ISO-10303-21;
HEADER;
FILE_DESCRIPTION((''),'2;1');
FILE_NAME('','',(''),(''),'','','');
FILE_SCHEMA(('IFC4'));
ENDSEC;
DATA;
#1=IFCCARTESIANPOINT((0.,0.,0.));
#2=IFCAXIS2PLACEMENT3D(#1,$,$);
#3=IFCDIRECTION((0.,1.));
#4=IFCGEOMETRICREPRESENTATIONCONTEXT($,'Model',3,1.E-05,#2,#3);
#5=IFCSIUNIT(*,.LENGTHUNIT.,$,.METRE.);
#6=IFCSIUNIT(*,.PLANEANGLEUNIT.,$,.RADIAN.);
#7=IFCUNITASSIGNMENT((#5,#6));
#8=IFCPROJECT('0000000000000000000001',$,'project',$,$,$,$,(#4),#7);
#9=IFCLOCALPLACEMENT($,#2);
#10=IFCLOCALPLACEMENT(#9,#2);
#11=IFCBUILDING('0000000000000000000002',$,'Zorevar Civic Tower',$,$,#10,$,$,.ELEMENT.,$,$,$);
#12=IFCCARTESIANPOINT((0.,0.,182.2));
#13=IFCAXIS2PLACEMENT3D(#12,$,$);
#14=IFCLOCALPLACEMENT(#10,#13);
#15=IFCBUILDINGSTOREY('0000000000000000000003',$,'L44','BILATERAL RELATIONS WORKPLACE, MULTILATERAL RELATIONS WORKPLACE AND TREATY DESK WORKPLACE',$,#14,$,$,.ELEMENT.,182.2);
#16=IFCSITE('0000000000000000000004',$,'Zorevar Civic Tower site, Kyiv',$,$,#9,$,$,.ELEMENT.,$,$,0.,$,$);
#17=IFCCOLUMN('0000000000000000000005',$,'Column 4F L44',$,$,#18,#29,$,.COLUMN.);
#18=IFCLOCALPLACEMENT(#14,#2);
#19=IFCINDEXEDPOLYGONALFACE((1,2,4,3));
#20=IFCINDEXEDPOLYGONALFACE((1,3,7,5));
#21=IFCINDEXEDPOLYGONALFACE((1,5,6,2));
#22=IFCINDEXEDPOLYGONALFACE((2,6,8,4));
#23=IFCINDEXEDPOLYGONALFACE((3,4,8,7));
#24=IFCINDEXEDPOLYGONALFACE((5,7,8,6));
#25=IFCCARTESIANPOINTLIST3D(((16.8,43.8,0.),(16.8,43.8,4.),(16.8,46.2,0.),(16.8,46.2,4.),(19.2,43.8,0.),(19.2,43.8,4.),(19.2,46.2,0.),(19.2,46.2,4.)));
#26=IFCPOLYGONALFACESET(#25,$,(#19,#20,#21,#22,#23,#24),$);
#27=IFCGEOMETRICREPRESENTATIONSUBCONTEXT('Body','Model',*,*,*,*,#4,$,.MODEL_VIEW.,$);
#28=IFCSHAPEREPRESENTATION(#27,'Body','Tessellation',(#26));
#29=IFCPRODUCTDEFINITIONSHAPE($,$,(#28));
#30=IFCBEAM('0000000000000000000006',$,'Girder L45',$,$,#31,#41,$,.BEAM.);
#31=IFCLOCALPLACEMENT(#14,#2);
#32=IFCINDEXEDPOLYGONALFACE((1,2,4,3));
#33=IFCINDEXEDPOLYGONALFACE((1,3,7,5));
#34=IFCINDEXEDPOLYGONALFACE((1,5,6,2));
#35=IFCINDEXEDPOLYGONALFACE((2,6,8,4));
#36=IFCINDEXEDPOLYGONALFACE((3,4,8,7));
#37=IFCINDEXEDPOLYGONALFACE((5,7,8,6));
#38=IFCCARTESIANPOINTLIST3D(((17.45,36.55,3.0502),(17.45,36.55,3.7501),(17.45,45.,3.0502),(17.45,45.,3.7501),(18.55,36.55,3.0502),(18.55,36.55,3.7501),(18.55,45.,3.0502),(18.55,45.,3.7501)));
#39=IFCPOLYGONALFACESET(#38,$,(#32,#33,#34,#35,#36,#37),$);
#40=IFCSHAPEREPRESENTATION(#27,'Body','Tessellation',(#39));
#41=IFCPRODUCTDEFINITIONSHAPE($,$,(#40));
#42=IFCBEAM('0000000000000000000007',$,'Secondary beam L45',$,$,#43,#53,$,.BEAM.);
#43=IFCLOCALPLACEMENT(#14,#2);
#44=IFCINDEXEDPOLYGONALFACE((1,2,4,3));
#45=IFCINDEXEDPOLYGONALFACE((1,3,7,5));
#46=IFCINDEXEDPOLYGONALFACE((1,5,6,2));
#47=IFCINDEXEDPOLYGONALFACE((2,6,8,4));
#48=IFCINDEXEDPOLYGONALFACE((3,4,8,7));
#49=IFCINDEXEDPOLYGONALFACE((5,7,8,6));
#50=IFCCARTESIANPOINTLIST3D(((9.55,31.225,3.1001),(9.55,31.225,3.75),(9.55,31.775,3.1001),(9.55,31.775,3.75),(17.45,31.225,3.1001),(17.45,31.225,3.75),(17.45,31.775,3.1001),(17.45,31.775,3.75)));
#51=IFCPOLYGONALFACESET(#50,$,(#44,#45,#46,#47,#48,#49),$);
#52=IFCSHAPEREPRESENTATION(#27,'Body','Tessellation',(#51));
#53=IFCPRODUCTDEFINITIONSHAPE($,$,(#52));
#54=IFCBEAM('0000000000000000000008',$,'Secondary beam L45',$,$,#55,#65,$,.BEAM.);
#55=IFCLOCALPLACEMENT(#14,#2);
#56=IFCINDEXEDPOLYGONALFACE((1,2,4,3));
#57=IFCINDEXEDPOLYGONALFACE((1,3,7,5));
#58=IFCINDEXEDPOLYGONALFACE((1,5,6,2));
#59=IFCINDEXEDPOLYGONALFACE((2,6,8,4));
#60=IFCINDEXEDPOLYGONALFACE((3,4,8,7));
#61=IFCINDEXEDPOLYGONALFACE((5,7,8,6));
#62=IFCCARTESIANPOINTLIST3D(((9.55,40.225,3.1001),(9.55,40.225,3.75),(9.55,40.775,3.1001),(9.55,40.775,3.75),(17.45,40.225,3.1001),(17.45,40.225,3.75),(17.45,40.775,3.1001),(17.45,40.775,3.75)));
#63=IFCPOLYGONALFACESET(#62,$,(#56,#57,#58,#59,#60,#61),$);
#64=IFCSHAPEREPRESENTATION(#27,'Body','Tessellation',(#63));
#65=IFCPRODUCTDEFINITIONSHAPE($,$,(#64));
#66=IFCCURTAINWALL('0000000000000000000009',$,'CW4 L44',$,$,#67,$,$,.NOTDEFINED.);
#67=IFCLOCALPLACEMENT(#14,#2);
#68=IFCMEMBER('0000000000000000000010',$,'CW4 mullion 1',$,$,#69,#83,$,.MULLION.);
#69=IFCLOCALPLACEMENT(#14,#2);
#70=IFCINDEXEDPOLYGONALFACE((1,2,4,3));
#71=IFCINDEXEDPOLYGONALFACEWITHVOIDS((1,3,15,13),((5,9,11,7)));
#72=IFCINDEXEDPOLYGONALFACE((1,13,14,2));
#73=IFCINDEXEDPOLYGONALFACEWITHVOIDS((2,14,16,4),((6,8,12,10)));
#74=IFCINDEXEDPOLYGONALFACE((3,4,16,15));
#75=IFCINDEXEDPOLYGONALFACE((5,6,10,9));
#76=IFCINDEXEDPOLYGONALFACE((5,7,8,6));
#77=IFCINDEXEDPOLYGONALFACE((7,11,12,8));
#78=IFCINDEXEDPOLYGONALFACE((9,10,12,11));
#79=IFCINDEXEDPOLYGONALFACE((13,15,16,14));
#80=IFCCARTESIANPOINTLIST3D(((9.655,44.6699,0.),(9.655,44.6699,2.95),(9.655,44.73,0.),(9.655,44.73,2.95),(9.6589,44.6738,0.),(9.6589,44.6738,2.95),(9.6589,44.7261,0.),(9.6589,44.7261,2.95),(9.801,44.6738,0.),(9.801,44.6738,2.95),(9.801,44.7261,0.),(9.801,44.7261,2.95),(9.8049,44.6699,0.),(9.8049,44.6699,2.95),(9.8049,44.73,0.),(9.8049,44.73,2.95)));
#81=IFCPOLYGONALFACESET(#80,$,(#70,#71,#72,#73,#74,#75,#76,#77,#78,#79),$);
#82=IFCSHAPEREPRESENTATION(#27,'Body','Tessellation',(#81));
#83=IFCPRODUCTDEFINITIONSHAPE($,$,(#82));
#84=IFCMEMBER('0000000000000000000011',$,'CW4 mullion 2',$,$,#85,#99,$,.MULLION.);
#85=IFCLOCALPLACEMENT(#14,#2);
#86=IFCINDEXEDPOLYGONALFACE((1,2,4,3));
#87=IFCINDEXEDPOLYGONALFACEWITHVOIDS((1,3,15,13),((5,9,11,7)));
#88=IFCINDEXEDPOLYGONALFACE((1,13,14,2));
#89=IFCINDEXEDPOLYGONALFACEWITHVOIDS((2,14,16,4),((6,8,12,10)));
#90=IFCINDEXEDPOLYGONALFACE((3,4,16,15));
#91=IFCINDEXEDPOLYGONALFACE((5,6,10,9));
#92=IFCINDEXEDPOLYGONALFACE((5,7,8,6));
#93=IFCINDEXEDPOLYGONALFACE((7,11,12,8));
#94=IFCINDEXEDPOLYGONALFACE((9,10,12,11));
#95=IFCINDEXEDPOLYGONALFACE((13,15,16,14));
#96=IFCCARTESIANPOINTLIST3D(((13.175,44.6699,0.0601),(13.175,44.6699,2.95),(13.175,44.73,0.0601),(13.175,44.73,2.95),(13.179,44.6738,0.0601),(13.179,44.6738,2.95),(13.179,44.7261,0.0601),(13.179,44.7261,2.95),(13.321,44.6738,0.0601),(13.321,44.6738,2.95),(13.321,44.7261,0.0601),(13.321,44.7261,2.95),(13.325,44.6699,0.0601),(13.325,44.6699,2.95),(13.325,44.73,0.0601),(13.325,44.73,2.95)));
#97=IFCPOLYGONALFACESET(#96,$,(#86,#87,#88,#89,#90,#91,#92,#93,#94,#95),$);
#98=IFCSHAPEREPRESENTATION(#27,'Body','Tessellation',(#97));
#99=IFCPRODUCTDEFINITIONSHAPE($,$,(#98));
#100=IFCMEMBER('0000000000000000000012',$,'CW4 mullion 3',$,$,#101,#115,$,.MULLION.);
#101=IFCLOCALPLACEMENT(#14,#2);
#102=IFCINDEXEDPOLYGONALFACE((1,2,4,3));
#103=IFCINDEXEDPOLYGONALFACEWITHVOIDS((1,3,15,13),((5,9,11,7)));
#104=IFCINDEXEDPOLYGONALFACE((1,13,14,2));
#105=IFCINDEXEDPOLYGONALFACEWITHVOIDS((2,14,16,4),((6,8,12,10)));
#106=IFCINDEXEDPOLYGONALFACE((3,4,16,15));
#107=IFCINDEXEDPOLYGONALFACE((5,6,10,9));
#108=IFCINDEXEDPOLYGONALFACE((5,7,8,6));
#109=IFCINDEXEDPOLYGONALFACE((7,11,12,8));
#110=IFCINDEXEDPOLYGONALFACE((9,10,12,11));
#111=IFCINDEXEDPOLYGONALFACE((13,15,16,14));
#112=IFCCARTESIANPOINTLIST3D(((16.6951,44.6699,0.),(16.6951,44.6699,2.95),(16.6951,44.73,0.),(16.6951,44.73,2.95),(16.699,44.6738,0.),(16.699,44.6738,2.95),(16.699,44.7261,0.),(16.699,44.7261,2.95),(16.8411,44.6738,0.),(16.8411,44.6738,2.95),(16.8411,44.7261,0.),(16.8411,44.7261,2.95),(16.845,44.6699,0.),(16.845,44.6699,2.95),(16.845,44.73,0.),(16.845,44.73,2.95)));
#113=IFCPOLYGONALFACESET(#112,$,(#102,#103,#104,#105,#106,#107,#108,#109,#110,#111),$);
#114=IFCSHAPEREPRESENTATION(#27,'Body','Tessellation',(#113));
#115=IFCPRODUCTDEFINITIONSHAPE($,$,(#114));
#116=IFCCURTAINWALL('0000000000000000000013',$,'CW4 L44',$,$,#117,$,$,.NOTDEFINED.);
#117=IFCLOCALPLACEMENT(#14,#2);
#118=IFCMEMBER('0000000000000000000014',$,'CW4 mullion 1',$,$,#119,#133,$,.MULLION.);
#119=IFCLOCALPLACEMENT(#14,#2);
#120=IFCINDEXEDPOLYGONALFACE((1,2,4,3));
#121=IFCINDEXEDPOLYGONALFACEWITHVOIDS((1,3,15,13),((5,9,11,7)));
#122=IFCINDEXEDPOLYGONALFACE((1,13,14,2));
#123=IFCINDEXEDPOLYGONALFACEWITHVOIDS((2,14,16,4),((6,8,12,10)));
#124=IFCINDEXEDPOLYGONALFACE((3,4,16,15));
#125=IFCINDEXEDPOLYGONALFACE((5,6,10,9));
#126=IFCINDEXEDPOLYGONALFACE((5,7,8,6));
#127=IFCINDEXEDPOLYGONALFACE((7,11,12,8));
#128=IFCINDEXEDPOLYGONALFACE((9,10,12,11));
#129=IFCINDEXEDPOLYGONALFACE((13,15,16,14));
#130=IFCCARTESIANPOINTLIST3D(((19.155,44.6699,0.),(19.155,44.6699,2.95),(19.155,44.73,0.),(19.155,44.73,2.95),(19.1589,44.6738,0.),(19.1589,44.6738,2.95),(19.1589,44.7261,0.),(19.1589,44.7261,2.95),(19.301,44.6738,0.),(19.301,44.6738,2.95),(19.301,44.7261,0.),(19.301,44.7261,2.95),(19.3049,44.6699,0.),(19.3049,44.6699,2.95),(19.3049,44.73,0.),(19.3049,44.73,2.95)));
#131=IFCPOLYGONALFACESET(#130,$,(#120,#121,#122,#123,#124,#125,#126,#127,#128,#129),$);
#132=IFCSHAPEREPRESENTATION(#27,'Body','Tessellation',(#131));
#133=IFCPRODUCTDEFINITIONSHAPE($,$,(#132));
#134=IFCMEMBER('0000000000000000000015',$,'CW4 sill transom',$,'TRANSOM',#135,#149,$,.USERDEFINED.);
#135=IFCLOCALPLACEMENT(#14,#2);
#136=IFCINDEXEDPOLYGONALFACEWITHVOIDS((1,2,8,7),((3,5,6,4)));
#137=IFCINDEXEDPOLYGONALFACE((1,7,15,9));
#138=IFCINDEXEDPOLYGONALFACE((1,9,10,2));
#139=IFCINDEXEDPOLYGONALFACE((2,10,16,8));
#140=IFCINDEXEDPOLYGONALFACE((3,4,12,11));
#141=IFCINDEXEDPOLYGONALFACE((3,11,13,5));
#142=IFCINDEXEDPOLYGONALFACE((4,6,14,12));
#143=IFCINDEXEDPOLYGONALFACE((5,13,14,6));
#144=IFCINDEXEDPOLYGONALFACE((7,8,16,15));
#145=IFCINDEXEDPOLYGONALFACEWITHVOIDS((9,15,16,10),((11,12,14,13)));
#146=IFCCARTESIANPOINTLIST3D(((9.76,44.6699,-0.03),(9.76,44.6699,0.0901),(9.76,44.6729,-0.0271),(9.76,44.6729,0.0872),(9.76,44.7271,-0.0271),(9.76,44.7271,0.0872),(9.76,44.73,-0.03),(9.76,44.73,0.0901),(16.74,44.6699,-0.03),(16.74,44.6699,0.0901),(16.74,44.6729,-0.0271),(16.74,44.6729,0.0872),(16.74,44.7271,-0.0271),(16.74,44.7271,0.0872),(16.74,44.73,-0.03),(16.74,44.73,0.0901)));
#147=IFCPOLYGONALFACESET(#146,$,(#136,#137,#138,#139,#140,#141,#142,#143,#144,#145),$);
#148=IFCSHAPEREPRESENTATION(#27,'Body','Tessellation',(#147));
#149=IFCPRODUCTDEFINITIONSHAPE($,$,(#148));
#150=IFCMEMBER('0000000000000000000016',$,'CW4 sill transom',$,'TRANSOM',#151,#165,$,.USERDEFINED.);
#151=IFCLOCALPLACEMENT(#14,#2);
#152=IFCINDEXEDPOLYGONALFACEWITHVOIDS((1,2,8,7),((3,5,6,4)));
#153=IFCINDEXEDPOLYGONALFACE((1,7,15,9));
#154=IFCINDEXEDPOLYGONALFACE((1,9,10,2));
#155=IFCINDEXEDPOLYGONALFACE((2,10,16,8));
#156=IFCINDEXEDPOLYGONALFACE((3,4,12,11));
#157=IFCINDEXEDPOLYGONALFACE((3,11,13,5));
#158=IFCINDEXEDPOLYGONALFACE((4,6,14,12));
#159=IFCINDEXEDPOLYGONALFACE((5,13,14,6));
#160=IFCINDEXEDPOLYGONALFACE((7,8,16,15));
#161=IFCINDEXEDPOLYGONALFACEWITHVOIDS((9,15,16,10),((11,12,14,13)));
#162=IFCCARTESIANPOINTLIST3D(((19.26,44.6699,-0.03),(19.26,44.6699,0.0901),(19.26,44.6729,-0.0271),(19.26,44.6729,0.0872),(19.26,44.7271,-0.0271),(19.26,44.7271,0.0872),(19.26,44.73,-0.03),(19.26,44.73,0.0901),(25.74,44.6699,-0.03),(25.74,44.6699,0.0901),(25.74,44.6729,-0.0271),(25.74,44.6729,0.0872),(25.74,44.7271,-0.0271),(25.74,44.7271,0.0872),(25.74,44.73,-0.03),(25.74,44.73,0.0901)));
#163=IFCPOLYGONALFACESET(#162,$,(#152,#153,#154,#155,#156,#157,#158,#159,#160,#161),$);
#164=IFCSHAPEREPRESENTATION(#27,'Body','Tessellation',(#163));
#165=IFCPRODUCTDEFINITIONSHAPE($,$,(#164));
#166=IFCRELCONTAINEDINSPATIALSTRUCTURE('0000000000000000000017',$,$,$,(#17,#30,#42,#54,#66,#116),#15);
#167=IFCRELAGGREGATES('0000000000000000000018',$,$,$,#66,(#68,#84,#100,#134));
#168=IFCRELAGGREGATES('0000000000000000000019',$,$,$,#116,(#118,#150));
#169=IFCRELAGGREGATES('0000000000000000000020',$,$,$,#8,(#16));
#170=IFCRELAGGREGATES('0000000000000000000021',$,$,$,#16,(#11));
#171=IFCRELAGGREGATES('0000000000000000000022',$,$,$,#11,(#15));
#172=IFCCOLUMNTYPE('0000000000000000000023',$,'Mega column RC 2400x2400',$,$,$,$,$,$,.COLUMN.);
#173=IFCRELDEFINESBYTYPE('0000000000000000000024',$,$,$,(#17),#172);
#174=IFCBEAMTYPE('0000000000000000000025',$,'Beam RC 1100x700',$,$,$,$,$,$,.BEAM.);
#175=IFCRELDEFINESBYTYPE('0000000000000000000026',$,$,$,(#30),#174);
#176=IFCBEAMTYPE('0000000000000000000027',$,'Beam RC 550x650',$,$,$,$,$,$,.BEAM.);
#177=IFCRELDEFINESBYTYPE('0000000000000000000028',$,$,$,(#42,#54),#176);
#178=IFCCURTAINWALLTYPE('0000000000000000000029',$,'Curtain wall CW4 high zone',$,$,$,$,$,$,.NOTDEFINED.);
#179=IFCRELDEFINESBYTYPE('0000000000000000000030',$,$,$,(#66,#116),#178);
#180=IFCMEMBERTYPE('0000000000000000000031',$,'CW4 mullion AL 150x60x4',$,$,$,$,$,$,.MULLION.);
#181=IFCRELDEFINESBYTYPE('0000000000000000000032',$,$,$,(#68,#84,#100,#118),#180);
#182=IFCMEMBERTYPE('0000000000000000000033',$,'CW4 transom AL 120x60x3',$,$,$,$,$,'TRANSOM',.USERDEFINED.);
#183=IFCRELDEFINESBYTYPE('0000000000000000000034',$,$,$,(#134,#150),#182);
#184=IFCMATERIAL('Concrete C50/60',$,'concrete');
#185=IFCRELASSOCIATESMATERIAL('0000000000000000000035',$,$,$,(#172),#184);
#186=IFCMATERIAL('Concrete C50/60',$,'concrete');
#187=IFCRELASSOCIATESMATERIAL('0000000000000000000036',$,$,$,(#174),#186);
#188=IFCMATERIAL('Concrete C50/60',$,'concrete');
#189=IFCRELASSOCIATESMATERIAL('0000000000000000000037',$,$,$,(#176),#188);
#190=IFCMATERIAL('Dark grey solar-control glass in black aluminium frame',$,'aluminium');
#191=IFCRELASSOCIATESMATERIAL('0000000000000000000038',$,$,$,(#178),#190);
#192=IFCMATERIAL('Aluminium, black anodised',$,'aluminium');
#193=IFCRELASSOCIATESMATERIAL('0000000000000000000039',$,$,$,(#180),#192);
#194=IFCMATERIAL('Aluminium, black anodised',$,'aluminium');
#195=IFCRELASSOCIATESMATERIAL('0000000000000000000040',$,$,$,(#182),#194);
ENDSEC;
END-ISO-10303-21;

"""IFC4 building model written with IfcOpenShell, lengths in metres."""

from ifc_helpers import new_model, si_unit, direction, frame, origin, origin_2d, place, context, subcontext, project, spatial, rectangle, hollow_rectangle, extrude, material, material_profile, profile_set, type_object, element, aggregate, save


model = new_model("IFC4")

# Units and contexts
model_context = context("Model", 3, precision=1e-05, world=origin(), true_north=direction((0.0, 1.0)))
body_context = subcontext(model_context, "Body", "Model", "MODEL_VIEW")
ifc_project = project(units=[si_unit("LENGTHUNIT", "METRE"), si_unit("PLANEANGLEUNIT", "RADIAN")], contexts=[model_context])

# Site, building, storey
site_placement = place(None, origin())
site = spatial("IfcSite", under=ifc_project, at=site_placement, Name="Zorevar Civic Tower site, Kyiv", CompositionType="ELEMENT", RefElevation=0.0)
building_placement = place(site_placement, origin())
building = spatial("IfcBuilding", under=site, at=building_placement, Name="Zorevar Civic Tower", CompositionType="ELEMENT")
storey_placement = place(building_placement, frame((0.0, 0.0, 182.2)))
storey = spatial("IfcBuildingStorey", under=building, at=storey_placement, Name="L44", Description="BILATERAL RELATIONS WORKPLACE, MULTILATERAL RELATIONS WORKPLACE AND TREATY DESK WORKPLACE", CompositionType="ELEMENT", Elevation=182.2)

# Column
ifc_material_1 = material(Name="Concrete C50/60", Category="concrete")
ifc_material_profile_1 = material_profile(ifc_material_1, rectangle(XDim=2.3999, YDim=2.3999, at=origin_2d()), Name="RC 2400x2400")
ifc_profile_set_1 = profile_set([ifc_material_profile_1], Name="Concrete C50/60")
column_type = type_object("IfcColumnType", Name="Mega column RC 2400x2400", PredefinedType="COLUMN", material=ifc_profile_set_1)
column_placement = place(storey_placement, frame((18.0, 45.0, 0.0), z_axis=(0.0, 0.0, 1.0), x_axis=(1.0, 0.0, 0.0)))
element("IfcColumn", 1, at=column_placement, inside=storey, type_object=column_type, Name="Column 4F L44", PredefinedType="COLUMN", context=body_context, shape_type="SweptSolid", body=[
    extrude(rectangle(XDim=2.3999, YDim=2.3999, at=origin_2d()), origin(), (0.0, 0.0, 1.0), 4.0),
])

# Beams
ifc_material_2 = material(Name="Concrete C50/60", Category="concrete")
ifc_material_profile_2 = material_profile(ifc_material_2, rectangle(XDim=1.1001, YDim=0.7, at=origin_2d()), Name="RC 1100x700")
ifc_profile_set_2 = profile_set([ifc_material_profile_2], Name="Concrete C50/60")
beam_type_1 = type_object("IfcBeamType", Name="Beam RC 1100x700", PredefinedType="BEAM", material=ifc_profile_set_2)
beam_1_placement = place(storey_placement, frame((18.0, 36.55, 3.4001), z_axis=(0.0, 1.0, 0.0), x_axis=(-1.0, 0.0, 0.0)))
element("IfcBeam", 2, at=beam_1_placement, inside=storey, type_object=beam_type_1, Name="Girder L45", PredefinedType="BEAM", context=body_context, shape_type="SweptSolid", body=[
    extrude(rectangle(XDim=1.1001, YDim=0.7, at=origin_2d()), origin(), (0.0, 0.0, 1.0), 8.45),
])
ifc_material_3 = material(Name="Concrete C50/60", Category="concrete")
ifc_material_profile_3 = material_profile(ifc_material_3, rectangle(XDim=0.55, YDim=0.6499, at=origin_2d()), Name="RC 550x650")
ifc_profile_set_3 = profile_set([ifc_material_profile_3], Name="Concrete C50/60")
beam_type_2 = type_object("IfcBeamType", Name="Beam RC 550x650", PredefinedType="BEAM", material=ifc_profile_set_3)
for number, where, z_axis, x_axis, name in (
    (3, (9.55, 31.5, 3.425), (1.0, 0.0, 0.0), (0.0, 1.0, 0.0), "Secondary beam L45"),
    (4, (9.55, 40.5, 3.425), (1.0, 0.0, 0.0), (0.0, 1.0, 0.0), "Secondary beam L45"),
):
    element("IfcBeam", number, at=place(storey_placement, frame(where, z_axis=z_axis, x_axis=x_axis)), inside=storey, type_object=beam_type_2, Name=name, PredefinedType="BEAM", context=body_context, shape_type="SweptSolid", body=[
        extrude(rectangle(XDim=0.55, YDim=0.6499, at=origin_2d()), origin(), (0.0, 0.0, 1.0), 7.8999),
    ])

# Curtain wall, members
ifc_material_4 = material(Name="Dark grey solar-control glass in black aluminium frame", Category="aluminium")
curtain_wall_type = type_object("IfcCurtainWallType", Name="Curtain wall CW4 high zone", PredefinedType="NOTDEFINED", material=ifc_material_4)
curtain_wall_1_placement = place(storey_placement, origin())
curtain_wall_1 = element("IfcCurtainWall", 5, at=curtain_wall_1_placement, inside=storey, type_object=curtain_wall_type, Name="CW4 L44", PredefinedType="NOTDEFINED")
ifc_material_5 = material(Name="Aluminium, black anodised", Category="aluminium")
ifc_material_profile_4 = material_profile(ifc_material_5, hollow_rectangle(XDim=0.0601, YDim=0.1499, WallThickness=0.0039, at=origin_2d()), Name="AL 150x60x4")
ifc_profile_set_4 = profile_set([ifc_material_profile_4], Name="Aluminium, black anodised")
member_type_1 = type_object("IfcMemberType", Name="CW4 mullion AL 150x60x4", PredefinedType="MULLION", material=ifc_profile_set_4)
member_1_placement = place(storey_placement, frame((9.73, 44.7, 0.0), z_axis=(0.0, 0.0, 1.0), x_axis=(0.0, 1.0, 0.0)))
member_1 = element("IfcMember", 6, at=member_1_placement, type_object=member_type_1, Name="CW4 mullion 1", PredefinedType="MULLION", context=body_context, shape_type="SweptSolid", body=[
    extrude(hollow_rectangle(XDim=0.0601, YDim=0.1499, WallThickness=0.0039, at=origin_2d()), origin(), (0.0, 0.0, 1.0), 2.95),
])
member_2_placement = place(storey_placement, frame((13.25, 44.7, 0.0601), z_axis=(0.0, 0.0, 1.0), x_axis=(0.0, 1.0, 0.0)))
member_2 = element("IfcMember", 7, at=member_2_placement, type_object=member_type_1, Name="CW4 mullion 2", PredefinedType="MULLION", context=body_context, shape_type="SweptSolid", body=[
    extrude(hollow_rectangle(XDim=0.0601, YDim=0.1499, WallThickness=0.0039, at=origin_2d()), origin(), (0.0, 0.0, 1.0), 2.8899),
])
member_3_placement = place(storey_placement, frame((16.77, 44.7, 0.0), z_axis=(0.0, 0.0, 1.0), x_axis=(0.0, 1.0, 0.0)))
member_3 = element("IfcMember", 8, at=member_3_placement, type_object=member_type_1, Name="CW4 mullion 3", PredefinedType="MULLION", context=body_context, shape_type="SweptSolid", body=[
    extrude(hollow_rectangle(XDim=0.0601, YDim=0.1499, WallThickness=0.0039, at=origin_2d()), origin(), (0.0, 0.0, 1.0), 2.95),
])

# Curtain wall, member
curtain_wall_2_placement = place(storey_placement, origin())
curtain_wall_2 = element("IfcCurtainWall", 9, at=curtain_wall_2_placement, inside=storey, type_object=curtain_wall_type, Name="CW4 L44", PredefinedType="NOTDEFINED")
member_4_placement = place(storey_placement, frame((19.23, 44.7, 0.0), z_axis=(0.0, 0.0, 1.0), x_axis=(0.0, 1.0, 0.0)))
member_4 = element("IfcMember", 10, at=member_4_placement, type_object=member_type_1, Name="CW4 mullion 1", PredefinedType="MULLION", context=body_context, shape_type="SweptSolid", body=[
    extrude(hollow_rectangle(XDim=0.0601, YDim=0.1499, WallThickness=0.0039, at=origin_2d()), origin(), (0.0, 0.0, 1.0), 2.95),
])

# Members
ifc_material_6 = material(Name="Aluminium, black anodised", Category="aluminium")
ifc_material_profile_5 = material_profile(ifc_material_6, hollow_rectangle(XDim=0.0601, YDim=0.1201, WallThickness=0.0029, at=origin_2d()), Name="AL 120x60x3")
ifc_profile_set_5 = profile_set([ifc_material_profile_5], Name="Aluminium, black anodised")
member_type_2 = type_object("IfcMemberType", Name="CW4 transom AL 120x60x3", ElementType="TRANSOM", PredefinedType="USERDEFINED", material=ifc_profile_set_5)
member_5_placement = place(storey_placement, frame((9.76, 44.7, 0.03), z_axis=(1.0, 0.0, 0.0), x_axis=(0.0, 1.0, 0.0)))
member_5 = element("IfcMember", 11, at=member_5_placement, type_object=member_type_2, Name="CW4 sill transom", ObjectType="TRANSOM", PredefinedType="USERDEFINED", context=body_context, shape_type="SweptSolid", body=[
    extrude(hollow_rectangle(XDim=0.0601, YDim=0.1201, WallThickness=0.0029, at=origin_2d()), origin(), (0.0, 0.0, 1.0), 6.98),
])
member_6_placement = place(storey_placement, frame((19.26, 44.7, 0.03), z_axis=(1.0, 0.0, 0.0), x_axis=(0.0, 1.0, 0.0)))
member_6 = element("IfcMember", 12, at=member_6_placement, type_object=member_type_2, Name="CW4 sill transom", ObjectType="TRANSOM", PredefinedType="USERDEFINED", context=body_context, shape_type="SweptSolid", body=[
    extrude(hollow_rectangle(XDim=0.0601, YDim=0.1201, WallThickness=0.0029, at=origin_2d()), origin(), (0.0, 0.0, 1.0), 6.48),
])

aggregate(curtain_wall_1, [member_1, member_2, member_3, member_5])
aggregate(curtain_wall_2, [member_4, member_6])

save(model, "model.ifc")
